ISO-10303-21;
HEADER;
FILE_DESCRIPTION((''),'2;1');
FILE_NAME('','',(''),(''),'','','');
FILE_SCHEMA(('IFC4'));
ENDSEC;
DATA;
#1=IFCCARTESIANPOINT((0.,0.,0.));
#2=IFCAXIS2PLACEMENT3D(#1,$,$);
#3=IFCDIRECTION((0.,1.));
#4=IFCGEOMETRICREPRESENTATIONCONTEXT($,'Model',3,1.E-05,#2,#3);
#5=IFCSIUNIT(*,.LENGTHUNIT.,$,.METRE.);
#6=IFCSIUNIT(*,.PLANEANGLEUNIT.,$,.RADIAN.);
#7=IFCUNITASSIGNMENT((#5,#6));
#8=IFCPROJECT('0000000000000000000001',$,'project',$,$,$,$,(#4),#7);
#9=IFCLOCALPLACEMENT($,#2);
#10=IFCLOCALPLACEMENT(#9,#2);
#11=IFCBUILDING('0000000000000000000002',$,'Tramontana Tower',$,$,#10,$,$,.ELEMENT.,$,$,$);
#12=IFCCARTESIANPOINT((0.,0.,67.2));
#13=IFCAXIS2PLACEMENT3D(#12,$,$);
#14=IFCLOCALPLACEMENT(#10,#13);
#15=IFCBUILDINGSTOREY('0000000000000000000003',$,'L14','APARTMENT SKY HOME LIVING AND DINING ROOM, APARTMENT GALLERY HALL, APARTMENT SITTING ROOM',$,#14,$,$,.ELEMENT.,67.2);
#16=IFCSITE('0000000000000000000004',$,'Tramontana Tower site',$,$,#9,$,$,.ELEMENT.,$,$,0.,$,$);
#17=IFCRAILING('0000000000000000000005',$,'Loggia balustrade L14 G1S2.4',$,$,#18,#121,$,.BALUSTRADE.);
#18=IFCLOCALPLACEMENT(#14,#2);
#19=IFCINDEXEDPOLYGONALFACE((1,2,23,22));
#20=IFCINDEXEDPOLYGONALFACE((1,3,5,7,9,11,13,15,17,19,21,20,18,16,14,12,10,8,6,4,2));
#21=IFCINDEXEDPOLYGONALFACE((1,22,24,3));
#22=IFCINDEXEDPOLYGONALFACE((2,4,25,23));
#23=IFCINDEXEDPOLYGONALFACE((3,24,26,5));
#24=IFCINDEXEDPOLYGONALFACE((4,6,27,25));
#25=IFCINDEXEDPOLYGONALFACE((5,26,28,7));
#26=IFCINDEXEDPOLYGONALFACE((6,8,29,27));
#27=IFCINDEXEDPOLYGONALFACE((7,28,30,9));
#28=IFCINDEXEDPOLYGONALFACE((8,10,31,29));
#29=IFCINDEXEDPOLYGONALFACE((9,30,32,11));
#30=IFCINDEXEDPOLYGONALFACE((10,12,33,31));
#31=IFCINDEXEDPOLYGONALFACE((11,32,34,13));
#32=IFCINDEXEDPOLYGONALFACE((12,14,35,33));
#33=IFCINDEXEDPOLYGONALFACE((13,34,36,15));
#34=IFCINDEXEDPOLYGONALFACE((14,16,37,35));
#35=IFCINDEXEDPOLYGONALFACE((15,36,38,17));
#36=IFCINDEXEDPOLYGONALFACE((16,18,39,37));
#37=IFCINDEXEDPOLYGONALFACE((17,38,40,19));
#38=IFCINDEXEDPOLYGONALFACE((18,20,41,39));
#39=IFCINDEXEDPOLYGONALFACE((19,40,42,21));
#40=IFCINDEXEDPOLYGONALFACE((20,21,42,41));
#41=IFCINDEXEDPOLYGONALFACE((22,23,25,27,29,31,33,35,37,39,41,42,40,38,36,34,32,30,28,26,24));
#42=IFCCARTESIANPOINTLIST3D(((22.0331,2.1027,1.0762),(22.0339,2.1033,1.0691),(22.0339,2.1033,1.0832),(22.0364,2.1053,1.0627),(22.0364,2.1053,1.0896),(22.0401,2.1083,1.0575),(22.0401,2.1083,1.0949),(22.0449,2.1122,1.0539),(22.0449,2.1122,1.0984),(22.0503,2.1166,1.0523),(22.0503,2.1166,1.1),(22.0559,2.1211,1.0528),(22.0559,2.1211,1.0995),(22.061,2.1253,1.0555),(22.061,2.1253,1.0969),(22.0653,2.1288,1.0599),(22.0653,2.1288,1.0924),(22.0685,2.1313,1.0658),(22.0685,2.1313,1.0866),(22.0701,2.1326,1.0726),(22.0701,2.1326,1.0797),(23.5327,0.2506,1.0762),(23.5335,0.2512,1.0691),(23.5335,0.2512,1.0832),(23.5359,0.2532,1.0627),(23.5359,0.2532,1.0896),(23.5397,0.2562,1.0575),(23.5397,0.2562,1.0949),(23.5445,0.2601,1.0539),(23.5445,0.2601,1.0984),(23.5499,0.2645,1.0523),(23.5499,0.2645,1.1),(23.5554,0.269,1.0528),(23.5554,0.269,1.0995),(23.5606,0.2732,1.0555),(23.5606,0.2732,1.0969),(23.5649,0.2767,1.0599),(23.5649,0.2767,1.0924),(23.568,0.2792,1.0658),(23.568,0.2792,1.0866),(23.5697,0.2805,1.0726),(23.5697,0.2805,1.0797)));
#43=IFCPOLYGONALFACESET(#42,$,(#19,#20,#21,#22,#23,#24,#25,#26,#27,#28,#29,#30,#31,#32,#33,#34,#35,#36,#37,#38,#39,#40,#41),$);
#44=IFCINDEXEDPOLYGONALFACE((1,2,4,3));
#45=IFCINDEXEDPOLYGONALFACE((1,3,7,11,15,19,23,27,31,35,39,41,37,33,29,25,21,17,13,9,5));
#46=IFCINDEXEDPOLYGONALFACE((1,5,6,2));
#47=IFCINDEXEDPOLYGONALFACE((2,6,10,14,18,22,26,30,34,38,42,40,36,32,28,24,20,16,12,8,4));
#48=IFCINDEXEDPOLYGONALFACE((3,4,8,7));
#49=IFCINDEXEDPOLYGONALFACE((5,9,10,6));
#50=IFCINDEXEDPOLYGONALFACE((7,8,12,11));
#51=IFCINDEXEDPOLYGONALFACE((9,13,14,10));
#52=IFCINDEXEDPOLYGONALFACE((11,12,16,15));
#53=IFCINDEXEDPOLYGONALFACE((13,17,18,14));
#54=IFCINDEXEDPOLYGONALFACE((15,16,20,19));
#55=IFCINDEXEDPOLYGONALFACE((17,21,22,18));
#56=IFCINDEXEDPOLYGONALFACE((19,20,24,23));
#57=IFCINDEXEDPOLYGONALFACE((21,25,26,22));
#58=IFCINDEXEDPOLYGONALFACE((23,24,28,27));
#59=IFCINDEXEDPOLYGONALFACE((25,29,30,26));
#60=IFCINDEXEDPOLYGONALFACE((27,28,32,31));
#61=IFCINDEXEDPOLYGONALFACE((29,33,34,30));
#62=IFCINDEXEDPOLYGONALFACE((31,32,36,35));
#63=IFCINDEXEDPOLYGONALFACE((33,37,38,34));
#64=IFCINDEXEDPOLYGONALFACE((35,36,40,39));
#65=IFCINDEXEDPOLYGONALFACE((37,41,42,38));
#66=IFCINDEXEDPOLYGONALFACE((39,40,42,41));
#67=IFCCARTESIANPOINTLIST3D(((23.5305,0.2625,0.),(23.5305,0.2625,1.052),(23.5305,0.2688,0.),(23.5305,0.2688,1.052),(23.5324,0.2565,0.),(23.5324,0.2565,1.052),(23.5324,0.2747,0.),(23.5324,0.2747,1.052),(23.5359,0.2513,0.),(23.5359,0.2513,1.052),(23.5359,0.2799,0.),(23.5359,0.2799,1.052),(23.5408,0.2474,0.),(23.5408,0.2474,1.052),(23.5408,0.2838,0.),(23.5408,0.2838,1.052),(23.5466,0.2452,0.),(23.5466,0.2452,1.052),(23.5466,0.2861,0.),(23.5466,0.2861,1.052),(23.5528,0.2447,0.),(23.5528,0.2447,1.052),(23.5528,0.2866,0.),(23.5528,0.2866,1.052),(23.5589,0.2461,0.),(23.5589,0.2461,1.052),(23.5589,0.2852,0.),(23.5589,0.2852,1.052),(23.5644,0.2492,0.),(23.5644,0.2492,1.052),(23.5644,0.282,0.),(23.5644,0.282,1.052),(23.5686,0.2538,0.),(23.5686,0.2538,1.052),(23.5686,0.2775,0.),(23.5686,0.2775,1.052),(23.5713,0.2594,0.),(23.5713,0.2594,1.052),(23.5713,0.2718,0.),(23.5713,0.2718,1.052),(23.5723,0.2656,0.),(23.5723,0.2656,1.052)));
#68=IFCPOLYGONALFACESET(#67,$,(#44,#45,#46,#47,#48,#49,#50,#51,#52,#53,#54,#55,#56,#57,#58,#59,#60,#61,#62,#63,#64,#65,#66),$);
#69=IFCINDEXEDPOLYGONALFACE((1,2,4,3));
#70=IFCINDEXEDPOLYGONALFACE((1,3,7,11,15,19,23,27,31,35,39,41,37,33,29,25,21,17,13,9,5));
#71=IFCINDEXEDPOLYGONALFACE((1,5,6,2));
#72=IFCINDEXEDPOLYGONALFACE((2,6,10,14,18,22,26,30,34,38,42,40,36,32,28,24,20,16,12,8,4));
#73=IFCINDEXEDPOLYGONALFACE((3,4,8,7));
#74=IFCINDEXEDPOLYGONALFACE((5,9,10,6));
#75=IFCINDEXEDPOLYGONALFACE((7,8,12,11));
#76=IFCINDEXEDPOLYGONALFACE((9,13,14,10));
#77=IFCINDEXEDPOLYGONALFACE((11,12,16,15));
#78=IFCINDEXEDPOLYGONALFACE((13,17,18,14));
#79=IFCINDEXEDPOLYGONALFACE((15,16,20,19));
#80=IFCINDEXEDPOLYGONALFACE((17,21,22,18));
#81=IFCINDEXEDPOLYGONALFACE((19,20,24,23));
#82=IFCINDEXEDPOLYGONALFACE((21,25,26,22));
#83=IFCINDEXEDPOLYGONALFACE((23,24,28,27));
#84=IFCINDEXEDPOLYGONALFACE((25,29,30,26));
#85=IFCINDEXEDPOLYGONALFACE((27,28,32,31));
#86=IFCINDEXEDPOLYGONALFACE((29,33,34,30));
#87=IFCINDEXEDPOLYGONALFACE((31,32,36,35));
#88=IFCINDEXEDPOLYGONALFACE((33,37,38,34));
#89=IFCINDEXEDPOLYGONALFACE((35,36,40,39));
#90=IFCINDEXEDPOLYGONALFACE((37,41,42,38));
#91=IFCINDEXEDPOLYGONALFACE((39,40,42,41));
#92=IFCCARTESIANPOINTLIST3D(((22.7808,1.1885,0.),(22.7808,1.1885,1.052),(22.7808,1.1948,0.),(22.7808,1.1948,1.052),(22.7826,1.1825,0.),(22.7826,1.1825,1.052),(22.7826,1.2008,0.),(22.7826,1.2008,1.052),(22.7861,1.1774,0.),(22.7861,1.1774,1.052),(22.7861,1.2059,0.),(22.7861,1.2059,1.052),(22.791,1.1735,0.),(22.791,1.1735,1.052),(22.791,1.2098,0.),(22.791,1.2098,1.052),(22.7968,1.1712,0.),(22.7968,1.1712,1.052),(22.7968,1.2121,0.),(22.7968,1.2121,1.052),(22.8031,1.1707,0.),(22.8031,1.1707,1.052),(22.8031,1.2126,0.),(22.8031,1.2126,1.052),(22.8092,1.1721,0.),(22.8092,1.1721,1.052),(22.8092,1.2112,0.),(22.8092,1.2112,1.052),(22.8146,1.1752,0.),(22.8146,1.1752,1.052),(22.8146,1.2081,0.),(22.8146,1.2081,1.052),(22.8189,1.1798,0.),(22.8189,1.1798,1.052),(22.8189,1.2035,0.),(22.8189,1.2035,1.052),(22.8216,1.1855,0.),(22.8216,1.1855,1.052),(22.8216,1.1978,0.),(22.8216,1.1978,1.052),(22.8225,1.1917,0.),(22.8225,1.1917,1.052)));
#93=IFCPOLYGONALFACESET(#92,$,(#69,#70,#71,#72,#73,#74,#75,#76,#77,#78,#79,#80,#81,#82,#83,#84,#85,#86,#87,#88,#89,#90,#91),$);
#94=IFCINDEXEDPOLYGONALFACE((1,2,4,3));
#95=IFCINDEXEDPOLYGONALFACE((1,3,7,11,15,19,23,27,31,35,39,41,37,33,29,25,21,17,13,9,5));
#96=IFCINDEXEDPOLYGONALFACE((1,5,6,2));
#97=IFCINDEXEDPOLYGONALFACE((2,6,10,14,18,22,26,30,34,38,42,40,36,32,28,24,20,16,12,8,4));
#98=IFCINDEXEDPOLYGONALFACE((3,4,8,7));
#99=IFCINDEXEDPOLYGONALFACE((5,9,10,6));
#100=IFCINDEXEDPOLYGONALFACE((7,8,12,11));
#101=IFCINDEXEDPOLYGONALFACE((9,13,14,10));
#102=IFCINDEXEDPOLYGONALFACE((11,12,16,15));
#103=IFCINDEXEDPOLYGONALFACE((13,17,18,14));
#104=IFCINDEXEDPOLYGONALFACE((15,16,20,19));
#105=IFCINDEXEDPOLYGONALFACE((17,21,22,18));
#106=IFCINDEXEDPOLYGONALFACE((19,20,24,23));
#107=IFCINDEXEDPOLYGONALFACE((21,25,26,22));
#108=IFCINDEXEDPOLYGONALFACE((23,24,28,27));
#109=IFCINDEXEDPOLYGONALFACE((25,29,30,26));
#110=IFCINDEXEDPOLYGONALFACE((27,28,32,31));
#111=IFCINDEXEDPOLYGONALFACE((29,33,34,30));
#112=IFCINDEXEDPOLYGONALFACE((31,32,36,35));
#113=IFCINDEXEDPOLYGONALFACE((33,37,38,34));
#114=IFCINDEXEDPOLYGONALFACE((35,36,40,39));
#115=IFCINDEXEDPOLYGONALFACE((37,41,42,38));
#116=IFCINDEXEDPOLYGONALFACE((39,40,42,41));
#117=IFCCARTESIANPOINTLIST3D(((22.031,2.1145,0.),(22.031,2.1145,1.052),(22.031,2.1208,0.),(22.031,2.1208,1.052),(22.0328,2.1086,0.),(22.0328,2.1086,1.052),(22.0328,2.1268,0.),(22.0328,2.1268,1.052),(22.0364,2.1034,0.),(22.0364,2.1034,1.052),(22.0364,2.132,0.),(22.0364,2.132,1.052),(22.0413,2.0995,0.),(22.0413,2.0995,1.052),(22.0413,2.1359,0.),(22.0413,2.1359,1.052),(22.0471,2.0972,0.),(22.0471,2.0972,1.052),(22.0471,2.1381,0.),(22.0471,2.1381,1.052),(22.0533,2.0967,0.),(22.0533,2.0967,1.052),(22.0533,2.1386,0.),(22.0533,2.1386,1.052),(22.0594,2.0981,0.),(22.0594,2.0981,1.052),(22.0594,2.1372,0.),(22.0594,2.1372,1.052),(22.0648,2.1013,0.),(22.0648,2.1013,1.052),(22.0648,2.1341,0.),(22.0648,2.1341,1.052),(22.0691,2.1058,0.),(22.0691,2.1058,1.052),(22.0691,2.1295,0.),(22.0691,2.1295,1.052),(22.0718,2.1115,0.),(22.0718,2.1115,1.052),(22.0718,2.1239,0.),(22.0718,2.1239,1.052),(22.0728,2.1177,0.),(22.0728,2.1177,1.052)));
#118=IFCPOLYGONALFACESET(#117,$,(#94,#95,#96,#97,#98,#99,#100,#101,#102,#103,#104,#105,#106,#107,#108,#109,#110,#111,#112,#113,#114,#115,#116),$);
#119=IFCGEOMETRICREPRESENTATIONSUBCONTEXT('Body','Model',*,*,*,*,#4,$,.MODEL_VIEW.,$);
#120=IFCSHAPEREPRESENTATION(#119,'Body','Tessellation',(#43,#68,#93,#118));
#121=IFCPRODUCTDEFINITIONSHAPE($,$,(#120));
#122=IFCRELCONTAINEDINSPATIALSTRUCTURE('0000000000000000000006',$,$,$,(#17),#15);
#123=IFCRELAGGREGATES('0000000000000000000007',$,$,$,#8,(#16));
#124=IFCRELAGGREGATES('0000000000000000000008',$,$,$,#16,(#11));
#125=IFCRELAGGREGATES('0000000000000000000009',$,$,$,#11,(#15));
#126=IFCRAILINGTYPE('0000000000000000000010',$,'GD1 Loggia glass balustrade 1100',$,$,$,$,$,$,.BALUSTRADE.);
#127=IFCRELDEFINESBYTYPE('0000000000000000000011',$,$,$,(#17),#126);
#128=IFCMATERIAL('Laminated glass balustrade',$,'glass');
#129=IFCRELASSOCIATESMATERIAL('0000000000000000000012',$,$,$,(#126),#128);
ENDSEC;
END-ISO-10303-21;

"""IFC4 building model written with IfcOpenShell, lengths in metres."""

from ifc_helpers import new_model, si_unit, direction, frame, origin, origin_2d, place, context, subcontext, project, spatial, circle, extrude, material, type_object, element, save


model = new_model("IFC4")

# Units and contexts
model_context = context("Model", 3, precision=1e-05, world=origin(), true_north=direction((0.0, 1.0)))
body_context = subcontext(model_context, "Body", "Model", "MODEL_VIEW")
ifc_project = project(units=[si_unit("LENGTHUNIT", "METRE"), si_unit("PLANEANGLEUNIT", "RADIAN")], contexts=[model_context])

# Site, building, storey
site_placement = place(None, origin())
site = spatial("IfcSite", under=ifc_project, at=site_placement, Name="Tramontana Tower site", CompositionType="ELEMENT", RefElevation=0.0)
building_placement = place(site_placement, origin())
building = spatial("IfcBuilding", under=site, at=building_placement, Name="Tramontana Tower", CompositionType="ELEMENT")
storey_placement = place(building_placement, frame((0.0, 0.0, 67.2)))
storey = spatial("IfcBuildingStorey", under=building, at=storey_placement, Name="L14", Description="APARTMENT SKY HOME LIVING AND DINING ROOM, APARTMENT GALLERY HALL, APARTMENT SITTING ROOM", CompositionType="ELEMENT", Elevation=67.2)

# Railing
ifc_material_1 = material(Name="Laminated glass balustrade", Category="glass")
railing_type = type_object("IfcRailingType", Name="GD1 Loggia glass balustrade 1100", PredefinedType="BALUSTRADE", material=ifc_material_1)
railing_1_placement = place(storey_placement, frame((23.5513, 0.2656, 0.0)))
element("IfcRailing", 1, at=railing_1_placement, inside=storey, type_object=railing_type, Name="Loggia balustrade L14 G1S2.4", PredefinedType="BALUSTRADE", context=body_context, shape_type="SweptSolid", body=[
    extrude(circle(Radius=0.0239, at=origin_2d()), frame((0.0, 0.0, 1.0762), z_axis=(-0.629257, 0.777197, 0.0), x_axis=(-0.777197, -0.629257, 0.0)), (0.0, 0.0, 1.0), 2.3831),
    extrude(circle(Radius=0.021, at=origin_2d()), origin(), (0.0, 0.0, 1.0), 1.052),
    extrude(circle(Radius=0.021, at=origin_2d()), frame((-0.7498, 0.926, 0.0)), (0.0, 0.0, 1.0), 1.052),
    extrude(circle(Radius=0.021, at=origin_2d()), frame((-1.4995, 1.8521, 0.0)), (0.0, 0.0, 1.0), 1.052),
])

save(model, "model.ifc")
